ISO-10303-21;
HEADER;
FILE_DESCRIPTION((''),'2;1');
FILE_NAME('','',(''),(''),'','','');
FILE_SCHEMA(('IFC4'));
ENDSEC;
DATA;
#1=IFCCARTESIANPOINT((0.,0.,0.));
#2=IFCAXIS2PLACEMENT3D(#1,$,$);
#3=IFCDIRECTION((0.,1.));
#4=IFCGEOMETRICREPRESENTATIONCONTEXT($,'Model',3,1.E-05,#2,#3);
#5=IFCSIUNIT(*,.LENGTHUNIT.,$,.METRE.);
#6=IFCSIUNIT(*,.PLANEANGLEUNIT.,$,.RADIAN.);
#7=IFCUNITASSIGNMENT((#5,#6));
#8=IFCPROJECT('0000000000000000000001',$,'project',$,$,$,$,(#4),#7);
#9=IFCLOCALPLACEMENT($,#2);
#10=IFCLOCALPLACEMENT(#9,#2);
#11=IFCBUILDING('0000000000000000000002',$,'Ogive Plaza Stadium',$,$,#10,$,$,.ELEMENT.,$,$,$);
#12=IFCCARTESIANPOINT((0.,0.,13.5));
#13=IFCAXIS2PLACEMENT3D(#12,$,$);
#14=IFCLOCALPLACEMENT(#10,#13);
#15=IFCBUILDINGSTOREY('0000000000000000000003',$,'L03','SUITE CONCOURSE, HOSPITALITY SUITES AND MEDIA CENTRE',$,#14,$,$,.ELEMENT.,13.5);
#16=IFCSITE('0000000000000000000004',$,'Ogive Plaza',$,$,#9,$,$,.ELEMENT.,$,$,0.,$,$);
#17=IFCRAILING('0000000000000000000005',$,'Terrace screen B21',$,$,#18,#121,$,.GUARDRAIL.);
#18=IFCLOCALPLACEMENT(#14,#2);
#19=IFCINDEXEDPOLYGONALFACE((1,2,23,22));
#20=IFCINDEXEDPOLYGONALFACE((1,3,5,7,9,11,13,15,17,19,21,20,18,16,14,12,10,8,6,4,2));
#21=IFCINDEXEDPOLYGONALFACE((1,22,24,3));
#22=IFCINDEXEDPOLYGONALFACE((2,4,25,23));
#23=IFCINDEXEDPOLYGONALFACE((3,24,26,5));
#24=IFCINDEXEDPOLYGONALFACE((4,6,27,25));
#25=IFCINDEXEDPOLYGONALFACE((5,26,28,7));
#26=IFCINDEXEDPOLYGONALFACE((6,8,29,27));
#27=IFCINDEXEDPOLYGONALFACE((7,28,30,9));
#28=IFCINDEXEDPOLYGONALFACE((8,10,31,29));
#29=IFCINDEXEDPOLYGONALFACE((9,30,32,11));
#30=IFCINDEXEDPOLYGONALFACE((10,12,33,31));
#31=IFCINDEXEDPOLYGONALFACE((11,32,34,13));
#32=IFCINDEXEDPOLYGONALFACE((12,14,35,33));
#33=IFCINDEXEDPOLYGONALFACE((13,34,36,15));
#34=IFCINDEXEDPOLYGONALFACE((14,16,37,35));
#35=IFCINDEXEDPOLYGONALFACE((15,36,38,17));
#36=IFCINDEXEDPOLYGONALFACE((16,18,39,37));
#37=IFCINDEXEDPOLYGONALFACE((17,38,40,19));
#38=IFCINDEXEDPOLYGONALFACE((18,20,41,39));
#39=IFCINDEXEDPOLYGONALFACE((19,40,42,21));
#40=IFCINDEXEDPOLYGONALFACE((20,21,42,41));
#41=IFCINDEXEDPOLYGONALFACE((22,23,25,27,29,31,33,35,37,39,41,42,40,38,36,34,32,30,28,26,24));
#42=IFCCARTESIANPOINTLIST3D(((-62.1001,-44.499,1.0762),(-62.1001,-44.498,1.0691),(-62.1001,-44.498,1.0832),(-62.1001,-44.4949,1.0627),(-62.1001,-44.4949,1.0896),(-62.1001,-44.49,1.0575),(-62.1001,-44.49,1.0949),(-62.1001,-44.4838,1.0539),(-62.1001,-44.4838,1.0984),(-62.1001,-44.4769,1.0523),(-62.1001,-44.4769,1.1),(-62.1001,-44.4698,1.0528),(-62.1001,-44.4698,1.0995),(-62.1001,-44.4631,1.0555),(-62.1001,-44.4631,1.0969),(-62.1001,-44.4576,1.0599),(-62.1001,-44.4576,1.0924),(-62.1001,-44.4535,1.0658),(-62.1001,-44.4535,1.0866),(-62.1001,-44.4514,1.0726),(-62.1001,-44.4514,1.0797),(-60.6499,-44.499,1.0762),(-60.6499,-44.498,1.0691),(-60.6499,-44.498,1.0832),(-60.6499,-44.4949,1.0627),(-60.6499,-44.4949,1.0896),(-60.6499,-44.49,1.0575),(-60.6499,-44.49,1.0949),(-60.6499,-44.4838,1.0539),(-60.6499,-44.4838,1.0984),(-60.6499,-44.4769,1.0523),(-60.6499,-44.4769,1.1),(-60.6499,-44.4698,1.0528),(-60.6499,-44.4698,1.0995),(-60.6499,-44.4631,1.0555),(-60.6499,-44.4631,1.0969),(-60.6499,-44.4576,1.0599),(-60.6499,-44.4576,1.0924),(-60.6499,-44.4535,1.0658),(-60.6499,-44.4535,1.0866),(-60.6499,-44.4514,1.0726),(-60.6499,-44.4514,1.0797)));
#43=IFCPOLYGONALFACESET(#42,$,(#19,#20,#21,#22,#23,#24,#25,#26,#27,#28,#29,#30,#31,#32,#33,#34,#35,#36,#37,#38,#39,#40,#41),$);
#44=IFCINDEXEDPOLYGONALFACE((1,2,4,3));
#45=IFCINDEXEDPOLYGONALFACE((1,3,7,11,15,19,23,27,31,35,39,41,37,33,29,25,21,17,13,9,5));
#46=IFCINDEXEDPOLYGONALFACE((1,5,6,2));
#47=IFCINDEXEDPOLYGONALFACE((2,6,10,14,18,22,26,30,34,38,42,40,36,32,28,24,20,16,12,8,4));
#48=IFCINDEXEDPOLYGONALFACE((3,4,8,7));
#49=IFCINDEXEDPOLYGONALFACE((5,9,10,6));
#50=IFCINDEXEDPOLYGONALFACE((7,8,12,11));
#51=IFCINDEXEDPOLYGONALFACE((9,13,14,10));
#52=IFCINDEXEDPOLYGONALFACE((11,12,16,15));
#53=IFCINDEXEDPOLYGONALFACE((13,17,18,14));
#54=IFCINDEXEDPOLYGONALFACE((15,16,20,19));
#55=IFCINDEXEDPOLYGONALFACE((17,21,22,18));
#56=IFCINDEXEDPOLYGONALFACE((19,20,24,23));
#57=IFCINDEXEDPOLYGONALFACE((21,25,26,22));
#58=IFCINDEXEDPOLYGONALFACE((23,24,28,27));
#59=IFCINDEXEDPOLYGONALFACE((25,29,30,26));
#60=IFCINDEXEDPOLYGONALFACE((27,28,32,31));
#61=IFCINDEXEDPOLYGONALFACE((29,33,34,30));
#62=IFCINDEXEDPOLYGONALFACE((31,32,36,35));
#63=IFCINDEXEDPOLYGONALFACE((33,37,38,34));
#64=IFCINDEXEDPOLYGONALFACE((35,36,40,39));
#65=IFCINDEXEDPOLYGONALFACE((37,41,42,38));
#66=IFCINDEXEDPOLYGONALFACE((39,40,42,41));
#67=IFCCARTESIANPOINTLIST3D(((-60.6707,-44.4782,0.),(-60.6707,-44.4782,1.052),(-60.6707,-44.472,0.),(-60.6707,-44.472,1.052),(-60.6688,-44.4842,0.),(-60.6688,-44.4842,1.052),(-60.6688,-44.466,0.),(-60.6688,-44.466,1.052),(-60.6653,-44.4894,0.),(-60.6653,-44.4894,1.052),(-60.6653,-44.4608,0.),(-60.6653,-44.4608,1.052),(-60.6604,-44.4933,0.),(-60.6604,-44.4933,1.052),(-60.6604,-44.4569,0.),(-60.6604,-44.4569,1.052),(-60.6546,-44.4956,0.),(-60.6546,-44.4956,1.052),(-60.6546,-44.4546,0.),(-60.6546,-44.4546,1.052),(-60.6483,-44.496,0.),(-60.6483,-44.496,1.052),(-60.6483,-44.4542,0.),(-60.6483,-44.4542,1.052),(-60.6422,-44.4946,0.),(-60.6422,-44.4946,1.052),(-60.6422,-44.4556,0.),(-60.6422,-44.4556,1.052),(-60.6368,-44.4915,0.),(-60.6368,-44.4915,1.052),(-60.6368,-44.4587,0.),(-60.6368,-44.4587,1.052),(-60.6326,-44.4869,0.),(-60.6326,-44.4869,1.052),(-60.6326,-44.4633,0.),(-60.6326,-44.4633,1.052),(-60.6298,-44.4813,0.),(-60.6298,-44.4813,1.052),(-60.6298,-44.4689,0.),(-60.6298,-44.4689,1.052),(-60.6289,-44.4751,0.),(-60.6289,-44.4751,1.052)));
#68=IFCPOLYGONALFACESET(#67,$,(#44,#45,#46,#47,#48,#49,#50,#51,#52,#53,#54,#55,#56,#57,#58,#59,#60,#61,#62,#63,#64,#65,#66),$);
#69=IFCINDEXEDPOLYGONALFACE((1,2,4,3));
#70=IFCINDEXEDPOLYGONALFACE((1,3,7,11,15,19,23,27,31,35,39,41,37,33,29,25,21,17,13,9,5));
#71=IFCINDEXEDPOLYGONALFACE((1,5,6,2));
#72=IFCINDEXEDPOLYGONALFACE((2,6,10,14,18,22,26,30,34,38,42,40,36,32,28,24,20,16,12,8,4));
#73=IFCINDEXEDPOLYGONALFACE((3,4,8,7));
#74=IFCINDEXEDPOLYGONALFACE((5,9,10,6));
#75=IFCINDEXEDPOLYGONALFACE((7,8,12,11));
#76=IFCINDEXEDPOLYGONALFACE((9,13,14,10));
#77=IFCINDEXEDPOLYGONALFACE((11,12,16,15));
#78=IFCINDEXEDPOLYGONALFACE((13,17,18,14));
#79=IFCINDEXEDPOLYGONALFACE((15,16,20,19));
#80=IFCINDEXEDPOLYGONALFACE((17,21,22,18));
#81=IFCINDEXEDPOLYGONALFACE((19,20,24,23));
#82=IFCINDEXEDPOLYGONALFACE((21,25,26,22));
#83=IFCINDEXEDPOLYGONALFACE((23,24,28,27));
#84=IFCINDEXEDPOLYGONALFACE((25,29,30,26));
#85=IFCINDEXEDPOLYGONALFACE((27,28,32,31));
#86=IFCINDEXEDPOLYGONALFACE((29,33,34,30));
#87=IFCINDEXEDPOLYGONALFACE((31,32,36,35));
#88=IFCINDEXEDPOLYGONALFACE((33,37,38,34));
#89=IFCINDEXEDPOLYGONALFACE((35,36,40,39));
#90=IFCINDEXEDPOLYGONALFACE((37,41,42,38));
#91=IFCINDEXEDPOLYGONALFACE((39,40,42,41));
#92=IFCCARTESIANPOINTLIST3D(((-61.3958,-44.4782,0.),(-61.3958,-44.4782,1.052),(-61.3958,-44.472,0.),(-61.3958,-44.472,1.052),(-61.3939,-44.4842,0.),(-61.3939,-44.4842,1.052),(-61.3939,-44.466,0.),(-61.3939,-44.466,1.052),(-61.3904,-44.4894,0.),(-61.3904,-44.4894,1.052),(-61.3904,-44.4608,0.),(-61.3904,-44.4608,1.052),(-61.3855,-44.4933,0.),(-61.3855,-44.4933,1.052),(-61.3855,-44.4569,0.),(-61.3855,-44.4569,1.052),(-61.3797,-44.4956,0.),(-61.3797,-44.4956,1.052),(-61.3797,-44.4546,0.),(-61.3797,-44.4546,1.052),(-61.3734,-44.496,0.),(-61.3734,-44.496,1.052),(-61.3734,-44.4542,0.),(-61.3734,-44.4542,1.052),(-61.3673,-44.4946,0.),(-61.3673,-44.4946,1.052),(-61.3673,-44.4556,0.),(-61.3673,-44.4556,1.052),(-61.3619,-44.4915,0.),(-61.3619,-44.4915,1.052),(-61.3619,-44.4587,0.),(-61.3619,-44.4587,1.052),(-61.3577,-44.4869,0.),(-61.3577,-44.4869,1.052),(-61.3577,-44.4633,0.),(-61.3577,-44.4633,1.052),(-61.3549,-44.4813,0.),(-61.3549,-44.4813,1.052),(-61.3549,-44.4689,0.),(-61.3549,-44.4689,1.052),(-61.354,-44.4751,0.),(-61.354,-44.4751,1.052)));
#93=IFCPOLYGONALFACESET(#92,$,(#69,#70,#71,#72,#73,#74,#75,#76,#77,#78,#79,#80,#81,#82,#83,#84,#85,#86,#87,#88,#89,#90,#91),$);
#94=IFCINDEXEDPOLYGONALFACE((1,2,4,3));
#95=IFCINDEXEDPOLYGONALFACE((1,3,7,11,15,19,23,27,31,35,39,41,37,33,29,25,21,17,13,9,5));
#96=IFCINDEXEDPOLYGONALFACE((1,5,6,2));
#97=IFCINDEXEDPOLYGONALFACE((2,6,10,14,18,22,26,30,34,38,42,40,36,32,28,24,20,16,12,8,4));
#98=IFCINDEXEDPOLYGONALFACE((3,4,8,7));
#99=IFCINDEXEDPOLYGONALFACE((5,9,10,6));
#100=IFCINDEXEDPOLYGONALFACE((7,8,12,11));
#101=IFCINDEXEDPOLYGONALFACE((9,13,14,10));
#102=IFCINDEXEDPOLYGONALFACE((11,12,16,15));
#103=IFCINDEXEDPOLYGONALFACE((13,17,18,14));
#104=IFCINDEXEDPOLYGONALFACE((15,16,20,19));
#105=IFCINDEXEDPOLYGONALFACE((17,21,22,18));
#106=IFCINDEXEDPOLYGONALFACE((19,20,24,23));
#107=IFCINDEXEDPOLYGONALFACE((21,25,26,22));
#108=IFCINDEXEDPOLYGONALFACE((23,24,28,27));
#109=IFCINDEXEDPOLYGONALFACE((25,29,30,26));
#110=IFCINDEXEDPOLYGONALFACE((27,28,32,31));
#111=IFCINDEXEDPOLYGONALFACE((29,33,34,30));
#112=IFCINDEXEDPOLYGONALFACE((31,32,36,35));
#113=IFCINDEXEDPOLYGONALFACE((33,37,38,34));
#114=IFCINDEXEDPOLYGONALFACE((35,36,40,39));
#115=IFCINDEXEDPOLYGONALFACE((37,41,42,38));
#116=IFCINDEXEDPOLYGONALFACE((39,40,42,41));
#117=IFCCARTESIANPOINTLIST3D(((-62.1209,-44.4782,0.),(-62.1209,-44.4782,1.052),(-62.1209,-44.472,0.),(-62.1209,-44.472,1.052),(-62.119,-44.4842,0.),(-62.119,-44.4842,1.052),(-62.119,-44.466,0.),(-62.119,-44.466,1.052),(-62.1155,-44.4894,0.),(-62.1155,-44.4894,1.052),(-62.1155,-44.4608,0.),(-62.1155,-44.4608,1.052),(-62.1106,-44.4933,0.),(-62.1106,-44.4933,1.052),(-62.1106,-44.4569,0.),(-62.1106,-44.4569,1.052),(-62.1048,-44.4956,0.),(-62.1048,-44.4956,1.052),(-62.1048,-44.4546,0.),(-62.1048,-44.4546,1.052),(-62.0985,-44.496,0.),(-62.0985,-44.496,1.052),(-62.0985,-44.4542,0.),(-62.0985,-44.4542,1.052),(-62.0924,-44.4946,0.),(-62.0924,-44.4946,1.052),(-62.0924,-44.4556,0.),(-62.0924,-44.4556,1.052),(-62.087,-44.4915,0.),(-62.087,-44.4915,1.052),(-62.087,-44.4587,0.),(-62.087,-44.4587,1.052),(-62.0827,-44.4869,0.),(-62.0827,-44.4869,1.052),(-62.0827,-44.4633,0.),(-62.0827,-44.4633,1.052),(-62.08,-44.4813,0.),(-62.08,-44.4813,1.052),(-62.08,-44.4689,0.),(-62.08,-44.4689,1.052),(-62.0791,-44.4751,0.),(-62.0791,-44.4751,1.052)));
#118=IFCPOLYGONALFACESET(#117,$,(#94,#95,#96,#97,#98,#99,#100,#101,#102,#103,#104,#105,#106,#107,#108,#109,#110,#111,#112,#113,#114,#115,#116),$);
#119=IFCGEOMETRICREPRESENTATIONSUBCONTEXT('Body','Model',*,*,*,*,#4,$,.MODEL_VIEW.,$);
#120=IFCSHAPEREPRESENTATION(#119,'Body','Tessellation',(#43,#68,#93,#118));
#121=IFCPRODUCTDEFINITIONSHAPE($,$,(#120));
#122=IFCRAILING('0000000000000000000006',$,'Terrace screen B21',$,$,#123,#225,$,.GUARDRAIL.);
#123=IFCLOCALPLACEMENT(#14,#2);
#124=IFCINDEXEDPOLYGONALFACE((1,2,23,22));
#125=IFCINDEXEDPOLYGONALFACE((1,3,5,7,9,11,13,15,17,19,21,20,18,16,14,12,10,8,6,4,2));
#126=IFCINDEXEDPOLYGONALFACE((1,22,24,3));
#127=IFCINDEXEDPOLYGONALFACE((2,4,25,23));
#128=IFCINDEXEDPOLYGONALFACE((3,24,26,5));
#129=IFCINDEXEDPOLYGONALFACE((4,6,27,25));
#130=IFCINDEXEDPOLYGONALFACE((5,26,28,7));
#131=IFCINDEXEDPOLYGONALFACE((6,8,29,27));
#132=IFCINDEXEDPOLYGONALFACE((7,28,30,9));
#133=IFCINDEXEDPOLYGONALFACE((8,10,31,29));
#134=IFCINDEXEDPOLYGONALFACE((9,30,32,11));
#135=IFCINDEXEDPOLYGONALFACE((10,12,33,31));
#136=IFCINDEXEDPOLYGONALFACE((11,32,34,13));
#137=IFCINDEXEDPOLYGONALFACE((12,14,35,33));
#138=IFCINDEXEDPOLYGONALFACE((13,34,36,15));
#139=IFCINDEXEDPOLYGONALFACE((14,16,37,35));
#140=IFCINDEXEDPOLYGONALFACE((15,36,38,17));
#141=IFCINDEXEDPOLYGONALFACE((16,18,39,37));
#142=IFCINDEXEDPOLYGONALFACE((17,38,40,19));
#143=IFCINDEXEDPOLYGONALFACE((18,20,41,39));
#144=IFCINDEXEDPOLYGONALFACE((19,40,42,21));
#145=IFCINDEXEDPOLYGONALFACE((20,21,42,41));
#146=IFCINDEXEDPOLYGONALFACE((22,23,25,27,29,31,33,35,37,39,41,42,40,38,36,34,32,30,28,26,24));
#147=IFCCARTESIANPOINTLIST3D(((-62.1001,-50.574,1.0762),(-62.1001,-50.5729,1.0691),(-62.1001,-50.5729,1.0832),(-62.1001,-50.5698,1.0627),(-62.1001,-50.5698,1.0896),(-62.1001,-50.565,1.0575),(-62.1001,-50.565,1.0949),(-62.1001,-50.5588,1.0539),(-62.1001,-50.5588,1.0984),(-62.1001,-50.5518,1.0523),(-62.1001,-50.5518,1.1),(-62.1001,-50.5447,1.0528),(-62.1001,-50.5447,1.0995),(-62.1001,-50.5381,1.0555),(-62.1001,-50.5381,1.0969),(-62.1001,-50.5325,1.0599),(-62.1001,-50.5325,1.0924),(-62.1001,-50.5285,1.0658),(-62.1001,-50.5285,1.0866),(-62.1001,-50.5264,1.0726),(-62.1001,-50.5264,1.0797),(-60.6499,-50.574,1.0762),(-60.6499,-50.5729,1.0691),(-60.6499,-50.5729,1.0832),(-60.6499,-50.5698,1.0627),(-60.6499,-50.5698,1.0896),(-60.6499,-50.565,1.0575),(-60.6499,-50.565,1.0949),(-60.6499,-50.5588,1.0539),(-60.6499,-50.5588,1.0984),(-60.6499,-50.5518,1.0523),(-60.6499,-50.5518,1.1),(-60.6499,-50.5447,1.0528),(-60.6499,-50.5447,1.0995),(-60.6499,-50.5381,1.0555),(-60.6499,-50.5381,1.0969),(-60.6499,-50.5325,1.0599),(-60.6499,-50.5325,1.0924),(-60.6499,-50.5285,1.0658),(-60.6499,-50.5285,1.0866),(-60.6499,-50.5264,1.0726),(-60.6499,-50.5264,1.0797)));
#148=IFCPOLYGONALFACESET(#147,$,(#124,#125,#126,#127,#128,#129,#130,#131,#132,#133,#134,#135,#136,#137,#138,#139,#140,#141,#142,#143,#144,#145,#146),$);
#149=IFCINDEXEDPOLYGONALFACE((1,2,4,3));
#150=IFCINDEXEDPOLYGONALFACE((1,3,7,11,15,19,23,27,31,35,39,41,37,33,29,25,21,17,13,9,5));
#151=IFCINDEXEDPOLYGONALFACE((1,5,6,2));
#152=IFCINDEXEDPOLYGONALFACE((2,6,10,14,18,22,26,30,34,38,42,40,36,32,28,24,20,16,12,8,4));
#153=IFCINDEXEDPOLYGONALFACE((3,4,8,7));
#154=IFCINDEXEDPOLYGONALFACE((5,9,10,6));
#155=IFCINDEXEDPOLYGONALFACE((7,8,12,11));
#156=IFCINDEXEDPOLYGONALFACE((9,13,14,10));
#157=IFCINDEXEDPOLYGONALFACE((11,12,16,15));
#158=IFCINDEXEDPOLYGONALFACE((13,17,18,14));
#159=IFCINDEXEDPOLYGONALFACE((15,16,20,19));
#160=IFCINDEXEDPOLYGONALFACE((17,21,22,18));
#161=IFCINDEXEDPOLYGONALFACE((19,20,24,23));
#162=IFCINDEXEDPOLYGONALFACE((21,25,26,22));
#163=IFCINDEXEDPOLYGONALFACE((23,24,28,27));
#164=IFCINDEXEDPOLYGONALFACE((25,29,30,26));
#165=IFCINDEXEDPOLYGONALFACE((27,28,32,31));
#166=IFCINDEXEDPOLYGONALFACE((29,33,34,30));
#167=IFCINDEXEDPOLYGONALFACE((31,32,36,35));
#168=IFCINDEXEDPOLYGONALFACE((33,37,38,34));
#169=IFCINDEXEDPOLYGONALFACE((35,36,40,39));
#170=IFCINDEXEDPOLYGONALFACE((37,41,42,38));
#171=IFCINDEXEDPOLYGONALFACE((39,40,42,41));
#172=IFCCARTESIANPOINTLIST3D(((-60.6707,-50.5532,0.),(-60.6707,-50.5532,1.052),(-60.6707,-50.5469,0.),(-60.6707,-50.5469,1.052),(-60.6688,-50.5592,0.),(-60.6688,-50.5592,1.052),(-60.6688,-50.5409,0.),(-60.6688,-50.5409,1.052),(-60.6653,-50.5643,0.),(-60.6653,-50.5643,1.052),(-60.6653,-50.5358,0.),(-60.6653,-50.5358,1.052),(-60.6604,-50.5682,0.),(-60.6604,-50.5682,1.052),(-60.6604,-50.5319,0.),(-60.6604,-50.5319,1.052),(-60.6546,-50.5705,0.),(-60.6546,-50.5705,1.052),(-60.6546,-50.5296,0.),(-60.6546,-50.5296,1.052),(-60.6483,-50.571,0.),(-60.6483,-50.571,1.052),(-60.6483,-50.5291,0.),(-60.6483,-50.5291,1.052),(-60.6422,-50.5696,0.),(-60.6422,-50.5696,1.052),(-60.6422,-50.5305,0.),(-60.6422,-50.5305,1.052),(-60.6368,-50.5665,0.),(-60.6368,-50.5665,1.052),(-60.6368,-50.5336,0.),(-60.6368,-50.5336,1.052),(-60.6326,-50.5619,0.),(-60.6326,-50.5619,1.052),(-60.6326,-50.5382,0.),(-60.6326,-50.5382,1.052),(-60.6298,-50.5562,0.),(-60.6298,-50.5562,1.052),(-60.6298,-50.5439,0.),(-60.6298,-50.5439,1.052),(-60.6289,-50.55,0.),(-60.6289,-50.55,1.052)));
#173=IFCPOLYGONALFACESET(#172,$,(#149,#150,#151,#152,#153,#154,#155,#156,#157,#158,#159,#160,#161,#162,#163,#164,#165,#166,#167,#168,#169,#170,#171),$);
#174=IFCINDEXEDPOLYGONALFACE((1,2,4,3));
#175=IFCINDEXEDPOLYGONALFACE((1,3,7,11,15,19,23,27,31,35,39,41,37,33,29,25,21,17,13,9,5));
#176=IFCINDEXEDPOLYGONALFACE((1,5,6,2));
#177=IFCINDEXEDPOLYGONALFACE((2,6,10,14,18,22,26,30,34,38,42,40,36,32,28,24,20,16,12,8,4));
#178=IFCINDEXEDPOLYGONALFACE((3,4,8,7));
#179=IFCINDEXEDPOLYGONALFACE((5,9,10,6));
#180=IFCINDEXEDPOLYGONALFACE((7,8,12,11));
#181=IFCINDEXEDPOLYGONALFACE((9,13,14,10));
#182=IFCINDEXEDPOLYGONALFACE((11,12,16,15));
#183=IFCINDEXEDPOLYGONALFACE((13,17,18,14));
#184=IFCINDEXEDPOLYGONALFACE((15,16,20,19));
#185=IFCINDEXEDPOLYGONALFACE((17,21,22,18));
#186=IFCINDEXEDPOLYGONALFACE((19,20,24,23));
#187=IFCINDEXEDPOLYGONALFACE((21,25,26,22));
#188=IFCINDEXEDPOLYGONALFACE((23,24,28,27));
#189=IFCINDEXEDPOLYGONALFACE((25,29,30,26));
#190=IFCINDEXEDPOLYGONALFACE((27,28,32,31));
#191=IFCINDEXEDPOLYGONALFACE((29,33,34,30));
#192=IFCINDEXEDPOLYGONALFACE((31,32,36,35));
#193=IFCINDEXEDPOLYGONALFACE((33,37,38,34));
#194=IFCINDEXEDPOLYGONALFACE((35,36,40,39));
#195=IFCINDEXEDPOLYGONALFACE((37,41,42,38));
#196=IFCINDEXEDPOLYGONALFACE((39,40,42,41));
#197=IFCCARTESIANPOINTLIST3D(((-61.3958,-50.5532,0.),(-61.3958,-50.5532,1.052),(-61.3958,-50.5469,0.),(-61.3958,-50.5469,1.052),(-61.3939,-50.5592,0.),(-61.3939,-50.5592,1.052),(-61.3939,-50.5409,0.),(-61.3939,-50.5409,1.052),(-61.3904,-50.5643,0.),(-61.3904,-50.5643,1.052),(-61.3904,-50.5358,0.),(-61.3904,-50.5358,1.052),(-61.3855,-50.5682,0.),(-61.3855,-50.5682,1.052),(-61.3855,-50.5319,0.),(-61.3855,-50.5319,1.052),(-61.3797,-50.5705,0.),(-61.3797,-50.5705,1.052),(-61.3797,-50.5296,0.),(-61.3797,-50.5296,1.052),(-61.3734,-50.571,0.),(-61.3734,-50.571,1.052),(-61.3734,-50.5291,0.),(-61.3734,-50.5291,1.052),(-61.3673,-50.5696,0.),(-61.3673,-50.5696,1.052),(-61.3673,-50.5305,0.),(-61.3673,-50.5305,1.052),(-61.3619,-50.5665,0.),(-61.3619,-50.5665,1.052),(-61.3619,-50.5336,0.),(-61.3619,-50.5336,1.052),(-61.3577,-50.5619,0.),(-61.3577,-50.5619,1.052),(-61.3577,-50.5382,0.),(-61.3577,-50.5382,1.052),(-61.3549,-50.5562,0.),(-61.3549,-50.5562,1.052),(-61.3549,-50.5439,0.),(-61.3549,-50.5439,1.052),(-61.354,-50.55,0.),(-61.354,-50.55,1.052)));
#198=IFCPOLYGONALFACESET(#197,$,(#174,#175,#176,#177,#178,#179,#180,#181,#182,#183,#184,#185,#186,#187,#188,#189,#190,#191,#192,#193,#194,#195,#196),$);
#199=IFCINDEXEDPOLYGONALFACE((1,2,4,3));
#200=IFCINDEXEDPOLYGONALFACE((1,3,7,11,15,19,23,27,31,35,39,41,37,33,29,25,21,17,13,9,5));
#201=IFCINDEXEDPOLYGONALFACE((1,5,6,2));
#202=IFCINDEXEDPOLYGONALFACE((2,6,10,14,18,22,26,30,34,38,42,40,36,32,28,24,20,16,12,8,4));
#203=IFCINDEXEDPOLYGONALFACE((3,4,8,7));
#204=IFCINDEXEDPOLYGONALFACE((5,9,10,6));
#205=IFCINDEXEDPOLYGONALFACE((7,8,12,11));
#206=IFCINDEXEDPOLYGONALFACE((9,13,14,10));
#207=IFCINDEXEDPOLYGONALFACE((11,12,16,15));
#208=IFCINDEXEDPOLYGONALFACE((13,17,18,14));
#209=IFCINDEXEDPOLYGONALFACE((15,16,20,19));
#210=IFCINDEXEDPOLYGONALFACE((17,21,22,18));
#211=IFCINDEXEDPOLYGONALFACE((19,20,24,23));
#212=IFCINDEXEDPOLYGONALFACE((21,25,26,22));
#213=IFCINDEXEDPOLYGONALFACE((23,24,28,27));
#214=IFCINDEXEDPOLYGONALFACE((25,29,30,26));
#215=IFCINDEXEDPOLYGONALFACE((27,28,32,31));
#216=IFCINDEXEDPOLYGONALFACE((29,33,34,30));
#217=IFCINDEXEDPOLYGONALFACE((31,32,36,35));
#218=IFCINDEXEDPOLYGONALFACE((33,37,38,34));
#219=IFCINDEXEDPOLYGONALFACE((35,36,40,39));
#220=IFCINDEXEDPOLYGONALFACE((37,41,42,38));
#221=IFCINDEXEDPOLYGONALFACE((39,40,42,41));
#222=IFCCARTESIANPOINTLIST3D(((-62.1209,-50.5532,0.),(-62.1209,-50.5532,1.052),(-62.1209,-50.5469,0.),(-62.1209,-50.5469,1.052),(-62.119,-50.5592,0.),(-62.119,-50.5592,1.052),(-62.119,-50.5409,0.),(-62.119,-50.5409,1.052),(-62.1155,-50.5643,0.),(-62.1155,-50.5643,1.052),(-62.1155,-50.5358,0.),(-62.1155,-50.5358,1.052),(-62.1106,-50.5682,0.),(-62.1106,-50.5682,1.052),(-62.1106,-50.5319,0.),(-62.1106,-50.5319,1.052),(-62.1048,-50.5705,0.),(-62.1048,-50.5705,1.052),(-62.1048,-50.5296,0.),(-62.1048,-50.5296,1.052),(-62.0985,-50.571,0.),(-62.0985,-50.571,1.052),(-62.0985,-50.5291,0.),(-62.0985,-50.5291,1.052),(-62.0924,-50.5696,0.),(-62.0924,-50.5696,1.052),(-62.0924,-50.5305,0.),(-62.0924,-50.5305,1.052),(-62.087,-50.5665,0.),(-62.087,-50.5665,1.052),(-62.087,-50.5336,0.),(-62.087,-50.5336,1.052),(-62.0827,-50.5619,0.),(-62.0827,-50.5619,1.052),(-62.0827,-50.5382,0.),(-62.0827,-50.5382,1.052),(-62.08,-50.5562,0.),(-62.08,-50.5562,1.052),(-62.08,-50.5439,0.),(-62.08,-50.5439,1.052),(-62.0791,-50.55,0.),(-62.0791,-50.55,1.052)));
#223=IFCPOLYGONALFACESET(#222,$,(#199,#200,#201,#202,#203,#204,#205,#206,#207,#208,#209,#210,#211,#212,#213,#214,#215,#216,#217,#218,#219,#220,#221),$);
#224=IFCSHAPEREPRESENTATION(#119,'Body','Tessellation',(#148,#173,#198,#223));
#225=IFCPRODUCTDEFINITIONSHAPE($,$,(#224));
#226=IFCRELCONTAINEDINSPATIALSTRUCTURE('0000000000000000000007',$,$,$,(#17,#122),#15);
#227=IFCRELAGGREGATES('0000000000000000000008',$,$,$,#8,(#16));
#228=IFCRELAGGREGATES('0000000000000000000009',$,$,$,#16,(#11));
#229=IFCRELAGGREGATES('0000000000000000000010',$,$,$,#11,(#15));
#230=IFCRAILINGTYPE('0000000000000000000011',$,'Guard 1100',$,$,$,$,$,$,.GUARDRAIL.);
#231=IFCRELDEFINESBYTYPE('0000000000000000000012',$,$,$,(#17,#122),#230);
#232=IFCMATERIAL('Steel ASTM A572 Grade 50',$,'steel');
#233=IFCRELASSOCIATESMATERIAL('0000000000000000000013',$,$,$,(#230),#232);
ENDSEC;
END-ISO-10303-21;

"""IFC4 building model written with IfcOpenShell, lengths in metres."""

from ifc_helpers import new_model, si_unit, direction, frame, origin, origin_2d, place, context, subcontext, project, spatial, circle, extrude, material, type_object, element, save


model = new_model("IFC4")

# Units and contexts
model_context = context("Model", 3, precision=1e-05, world=origin(), true_north=direction((0.0, 1.0)))
body_context = subcontext(model_context, "Body", "Model", "MODEL_VIEW")
ifc_project = project(units=[si_unit("LENGTHUNIT", "METRE"), si_unit("PLANEANGLEUNIT", "RADIAN")], contexts=[model_context])

# Site, building, storey
site_placement = place(None, origin())
site = spatial("IfcSite", under=ifc_project, at=site_placement, Name="Ogive Plaza", CompositionType="ELEMENT", RefElevation=0.0)
building_placement = place(site_placement, origin())
building = spatial("IfcBuilding", under=site, at=building_placement, Name="Ogive Plaza Stadium", CompositionType="ELEMENT")
storey_placement = place(building_placement, frame((0.0, 0.0, 13.5)))
storey = spatial("IfcBuildingStorey", under=building, at=storey_placement, Name="L03", Description="SUITE CONCOURSE, HOSPITALITY SUITES AND MEDIA CENTRE", CompositionType="ELEMENT", Elevation=13.5)

# Railings
ifc_material_1 = material(Name="Steel ASTM A572 Grade 50", Category="steel")
railing_type = type_object("IfcRailingType", Name="Guard 1100", PredefinedType="GUARDRAIL", material=ifc_material_1)
for number, where, name in (
    (1, (-60.6499, -44.4751, 0.0), "Terrace screen B21"),
    (2, (-60.6499, -50.55, 0.0), "Terrace screen B21"),
):
    element("IfcRailing", number, at=place(storey_placement, frame(where)), inside=storey, type_object=railing_type, Name=name, PredefinedType="GUARDRAIL", context=body_context, shape_type="SweptSolid", body=[
        extrude(circle(Radius=0.0239, at=origin_2d()), frame((0.0, 0.0, 1.0762), z_axis=(-1.0, 0.0, 0.0), x_axis=(0.0, -1.0, 0.0)), (0.0, 0.0, 1.0), 1.4502),
        extrude(circle(Radius=0.021, at=origin_2d()), origin(), (0.0, 0.0, 1.0), 1.052),
        extrude(circle(Radius=0.021, at=origin_2d()), frame((-0.7251, 0.0, 0.0)), (0.0, 0.0, 1.0), 1.052),
        extrude(circle(Radius=0.021, at=origin_2d()), frame((-1.4502, 0.0, 0.0)), (0.0, 0.0, 1.0), 1.052),
    ])

save(model, "model.ifc")
